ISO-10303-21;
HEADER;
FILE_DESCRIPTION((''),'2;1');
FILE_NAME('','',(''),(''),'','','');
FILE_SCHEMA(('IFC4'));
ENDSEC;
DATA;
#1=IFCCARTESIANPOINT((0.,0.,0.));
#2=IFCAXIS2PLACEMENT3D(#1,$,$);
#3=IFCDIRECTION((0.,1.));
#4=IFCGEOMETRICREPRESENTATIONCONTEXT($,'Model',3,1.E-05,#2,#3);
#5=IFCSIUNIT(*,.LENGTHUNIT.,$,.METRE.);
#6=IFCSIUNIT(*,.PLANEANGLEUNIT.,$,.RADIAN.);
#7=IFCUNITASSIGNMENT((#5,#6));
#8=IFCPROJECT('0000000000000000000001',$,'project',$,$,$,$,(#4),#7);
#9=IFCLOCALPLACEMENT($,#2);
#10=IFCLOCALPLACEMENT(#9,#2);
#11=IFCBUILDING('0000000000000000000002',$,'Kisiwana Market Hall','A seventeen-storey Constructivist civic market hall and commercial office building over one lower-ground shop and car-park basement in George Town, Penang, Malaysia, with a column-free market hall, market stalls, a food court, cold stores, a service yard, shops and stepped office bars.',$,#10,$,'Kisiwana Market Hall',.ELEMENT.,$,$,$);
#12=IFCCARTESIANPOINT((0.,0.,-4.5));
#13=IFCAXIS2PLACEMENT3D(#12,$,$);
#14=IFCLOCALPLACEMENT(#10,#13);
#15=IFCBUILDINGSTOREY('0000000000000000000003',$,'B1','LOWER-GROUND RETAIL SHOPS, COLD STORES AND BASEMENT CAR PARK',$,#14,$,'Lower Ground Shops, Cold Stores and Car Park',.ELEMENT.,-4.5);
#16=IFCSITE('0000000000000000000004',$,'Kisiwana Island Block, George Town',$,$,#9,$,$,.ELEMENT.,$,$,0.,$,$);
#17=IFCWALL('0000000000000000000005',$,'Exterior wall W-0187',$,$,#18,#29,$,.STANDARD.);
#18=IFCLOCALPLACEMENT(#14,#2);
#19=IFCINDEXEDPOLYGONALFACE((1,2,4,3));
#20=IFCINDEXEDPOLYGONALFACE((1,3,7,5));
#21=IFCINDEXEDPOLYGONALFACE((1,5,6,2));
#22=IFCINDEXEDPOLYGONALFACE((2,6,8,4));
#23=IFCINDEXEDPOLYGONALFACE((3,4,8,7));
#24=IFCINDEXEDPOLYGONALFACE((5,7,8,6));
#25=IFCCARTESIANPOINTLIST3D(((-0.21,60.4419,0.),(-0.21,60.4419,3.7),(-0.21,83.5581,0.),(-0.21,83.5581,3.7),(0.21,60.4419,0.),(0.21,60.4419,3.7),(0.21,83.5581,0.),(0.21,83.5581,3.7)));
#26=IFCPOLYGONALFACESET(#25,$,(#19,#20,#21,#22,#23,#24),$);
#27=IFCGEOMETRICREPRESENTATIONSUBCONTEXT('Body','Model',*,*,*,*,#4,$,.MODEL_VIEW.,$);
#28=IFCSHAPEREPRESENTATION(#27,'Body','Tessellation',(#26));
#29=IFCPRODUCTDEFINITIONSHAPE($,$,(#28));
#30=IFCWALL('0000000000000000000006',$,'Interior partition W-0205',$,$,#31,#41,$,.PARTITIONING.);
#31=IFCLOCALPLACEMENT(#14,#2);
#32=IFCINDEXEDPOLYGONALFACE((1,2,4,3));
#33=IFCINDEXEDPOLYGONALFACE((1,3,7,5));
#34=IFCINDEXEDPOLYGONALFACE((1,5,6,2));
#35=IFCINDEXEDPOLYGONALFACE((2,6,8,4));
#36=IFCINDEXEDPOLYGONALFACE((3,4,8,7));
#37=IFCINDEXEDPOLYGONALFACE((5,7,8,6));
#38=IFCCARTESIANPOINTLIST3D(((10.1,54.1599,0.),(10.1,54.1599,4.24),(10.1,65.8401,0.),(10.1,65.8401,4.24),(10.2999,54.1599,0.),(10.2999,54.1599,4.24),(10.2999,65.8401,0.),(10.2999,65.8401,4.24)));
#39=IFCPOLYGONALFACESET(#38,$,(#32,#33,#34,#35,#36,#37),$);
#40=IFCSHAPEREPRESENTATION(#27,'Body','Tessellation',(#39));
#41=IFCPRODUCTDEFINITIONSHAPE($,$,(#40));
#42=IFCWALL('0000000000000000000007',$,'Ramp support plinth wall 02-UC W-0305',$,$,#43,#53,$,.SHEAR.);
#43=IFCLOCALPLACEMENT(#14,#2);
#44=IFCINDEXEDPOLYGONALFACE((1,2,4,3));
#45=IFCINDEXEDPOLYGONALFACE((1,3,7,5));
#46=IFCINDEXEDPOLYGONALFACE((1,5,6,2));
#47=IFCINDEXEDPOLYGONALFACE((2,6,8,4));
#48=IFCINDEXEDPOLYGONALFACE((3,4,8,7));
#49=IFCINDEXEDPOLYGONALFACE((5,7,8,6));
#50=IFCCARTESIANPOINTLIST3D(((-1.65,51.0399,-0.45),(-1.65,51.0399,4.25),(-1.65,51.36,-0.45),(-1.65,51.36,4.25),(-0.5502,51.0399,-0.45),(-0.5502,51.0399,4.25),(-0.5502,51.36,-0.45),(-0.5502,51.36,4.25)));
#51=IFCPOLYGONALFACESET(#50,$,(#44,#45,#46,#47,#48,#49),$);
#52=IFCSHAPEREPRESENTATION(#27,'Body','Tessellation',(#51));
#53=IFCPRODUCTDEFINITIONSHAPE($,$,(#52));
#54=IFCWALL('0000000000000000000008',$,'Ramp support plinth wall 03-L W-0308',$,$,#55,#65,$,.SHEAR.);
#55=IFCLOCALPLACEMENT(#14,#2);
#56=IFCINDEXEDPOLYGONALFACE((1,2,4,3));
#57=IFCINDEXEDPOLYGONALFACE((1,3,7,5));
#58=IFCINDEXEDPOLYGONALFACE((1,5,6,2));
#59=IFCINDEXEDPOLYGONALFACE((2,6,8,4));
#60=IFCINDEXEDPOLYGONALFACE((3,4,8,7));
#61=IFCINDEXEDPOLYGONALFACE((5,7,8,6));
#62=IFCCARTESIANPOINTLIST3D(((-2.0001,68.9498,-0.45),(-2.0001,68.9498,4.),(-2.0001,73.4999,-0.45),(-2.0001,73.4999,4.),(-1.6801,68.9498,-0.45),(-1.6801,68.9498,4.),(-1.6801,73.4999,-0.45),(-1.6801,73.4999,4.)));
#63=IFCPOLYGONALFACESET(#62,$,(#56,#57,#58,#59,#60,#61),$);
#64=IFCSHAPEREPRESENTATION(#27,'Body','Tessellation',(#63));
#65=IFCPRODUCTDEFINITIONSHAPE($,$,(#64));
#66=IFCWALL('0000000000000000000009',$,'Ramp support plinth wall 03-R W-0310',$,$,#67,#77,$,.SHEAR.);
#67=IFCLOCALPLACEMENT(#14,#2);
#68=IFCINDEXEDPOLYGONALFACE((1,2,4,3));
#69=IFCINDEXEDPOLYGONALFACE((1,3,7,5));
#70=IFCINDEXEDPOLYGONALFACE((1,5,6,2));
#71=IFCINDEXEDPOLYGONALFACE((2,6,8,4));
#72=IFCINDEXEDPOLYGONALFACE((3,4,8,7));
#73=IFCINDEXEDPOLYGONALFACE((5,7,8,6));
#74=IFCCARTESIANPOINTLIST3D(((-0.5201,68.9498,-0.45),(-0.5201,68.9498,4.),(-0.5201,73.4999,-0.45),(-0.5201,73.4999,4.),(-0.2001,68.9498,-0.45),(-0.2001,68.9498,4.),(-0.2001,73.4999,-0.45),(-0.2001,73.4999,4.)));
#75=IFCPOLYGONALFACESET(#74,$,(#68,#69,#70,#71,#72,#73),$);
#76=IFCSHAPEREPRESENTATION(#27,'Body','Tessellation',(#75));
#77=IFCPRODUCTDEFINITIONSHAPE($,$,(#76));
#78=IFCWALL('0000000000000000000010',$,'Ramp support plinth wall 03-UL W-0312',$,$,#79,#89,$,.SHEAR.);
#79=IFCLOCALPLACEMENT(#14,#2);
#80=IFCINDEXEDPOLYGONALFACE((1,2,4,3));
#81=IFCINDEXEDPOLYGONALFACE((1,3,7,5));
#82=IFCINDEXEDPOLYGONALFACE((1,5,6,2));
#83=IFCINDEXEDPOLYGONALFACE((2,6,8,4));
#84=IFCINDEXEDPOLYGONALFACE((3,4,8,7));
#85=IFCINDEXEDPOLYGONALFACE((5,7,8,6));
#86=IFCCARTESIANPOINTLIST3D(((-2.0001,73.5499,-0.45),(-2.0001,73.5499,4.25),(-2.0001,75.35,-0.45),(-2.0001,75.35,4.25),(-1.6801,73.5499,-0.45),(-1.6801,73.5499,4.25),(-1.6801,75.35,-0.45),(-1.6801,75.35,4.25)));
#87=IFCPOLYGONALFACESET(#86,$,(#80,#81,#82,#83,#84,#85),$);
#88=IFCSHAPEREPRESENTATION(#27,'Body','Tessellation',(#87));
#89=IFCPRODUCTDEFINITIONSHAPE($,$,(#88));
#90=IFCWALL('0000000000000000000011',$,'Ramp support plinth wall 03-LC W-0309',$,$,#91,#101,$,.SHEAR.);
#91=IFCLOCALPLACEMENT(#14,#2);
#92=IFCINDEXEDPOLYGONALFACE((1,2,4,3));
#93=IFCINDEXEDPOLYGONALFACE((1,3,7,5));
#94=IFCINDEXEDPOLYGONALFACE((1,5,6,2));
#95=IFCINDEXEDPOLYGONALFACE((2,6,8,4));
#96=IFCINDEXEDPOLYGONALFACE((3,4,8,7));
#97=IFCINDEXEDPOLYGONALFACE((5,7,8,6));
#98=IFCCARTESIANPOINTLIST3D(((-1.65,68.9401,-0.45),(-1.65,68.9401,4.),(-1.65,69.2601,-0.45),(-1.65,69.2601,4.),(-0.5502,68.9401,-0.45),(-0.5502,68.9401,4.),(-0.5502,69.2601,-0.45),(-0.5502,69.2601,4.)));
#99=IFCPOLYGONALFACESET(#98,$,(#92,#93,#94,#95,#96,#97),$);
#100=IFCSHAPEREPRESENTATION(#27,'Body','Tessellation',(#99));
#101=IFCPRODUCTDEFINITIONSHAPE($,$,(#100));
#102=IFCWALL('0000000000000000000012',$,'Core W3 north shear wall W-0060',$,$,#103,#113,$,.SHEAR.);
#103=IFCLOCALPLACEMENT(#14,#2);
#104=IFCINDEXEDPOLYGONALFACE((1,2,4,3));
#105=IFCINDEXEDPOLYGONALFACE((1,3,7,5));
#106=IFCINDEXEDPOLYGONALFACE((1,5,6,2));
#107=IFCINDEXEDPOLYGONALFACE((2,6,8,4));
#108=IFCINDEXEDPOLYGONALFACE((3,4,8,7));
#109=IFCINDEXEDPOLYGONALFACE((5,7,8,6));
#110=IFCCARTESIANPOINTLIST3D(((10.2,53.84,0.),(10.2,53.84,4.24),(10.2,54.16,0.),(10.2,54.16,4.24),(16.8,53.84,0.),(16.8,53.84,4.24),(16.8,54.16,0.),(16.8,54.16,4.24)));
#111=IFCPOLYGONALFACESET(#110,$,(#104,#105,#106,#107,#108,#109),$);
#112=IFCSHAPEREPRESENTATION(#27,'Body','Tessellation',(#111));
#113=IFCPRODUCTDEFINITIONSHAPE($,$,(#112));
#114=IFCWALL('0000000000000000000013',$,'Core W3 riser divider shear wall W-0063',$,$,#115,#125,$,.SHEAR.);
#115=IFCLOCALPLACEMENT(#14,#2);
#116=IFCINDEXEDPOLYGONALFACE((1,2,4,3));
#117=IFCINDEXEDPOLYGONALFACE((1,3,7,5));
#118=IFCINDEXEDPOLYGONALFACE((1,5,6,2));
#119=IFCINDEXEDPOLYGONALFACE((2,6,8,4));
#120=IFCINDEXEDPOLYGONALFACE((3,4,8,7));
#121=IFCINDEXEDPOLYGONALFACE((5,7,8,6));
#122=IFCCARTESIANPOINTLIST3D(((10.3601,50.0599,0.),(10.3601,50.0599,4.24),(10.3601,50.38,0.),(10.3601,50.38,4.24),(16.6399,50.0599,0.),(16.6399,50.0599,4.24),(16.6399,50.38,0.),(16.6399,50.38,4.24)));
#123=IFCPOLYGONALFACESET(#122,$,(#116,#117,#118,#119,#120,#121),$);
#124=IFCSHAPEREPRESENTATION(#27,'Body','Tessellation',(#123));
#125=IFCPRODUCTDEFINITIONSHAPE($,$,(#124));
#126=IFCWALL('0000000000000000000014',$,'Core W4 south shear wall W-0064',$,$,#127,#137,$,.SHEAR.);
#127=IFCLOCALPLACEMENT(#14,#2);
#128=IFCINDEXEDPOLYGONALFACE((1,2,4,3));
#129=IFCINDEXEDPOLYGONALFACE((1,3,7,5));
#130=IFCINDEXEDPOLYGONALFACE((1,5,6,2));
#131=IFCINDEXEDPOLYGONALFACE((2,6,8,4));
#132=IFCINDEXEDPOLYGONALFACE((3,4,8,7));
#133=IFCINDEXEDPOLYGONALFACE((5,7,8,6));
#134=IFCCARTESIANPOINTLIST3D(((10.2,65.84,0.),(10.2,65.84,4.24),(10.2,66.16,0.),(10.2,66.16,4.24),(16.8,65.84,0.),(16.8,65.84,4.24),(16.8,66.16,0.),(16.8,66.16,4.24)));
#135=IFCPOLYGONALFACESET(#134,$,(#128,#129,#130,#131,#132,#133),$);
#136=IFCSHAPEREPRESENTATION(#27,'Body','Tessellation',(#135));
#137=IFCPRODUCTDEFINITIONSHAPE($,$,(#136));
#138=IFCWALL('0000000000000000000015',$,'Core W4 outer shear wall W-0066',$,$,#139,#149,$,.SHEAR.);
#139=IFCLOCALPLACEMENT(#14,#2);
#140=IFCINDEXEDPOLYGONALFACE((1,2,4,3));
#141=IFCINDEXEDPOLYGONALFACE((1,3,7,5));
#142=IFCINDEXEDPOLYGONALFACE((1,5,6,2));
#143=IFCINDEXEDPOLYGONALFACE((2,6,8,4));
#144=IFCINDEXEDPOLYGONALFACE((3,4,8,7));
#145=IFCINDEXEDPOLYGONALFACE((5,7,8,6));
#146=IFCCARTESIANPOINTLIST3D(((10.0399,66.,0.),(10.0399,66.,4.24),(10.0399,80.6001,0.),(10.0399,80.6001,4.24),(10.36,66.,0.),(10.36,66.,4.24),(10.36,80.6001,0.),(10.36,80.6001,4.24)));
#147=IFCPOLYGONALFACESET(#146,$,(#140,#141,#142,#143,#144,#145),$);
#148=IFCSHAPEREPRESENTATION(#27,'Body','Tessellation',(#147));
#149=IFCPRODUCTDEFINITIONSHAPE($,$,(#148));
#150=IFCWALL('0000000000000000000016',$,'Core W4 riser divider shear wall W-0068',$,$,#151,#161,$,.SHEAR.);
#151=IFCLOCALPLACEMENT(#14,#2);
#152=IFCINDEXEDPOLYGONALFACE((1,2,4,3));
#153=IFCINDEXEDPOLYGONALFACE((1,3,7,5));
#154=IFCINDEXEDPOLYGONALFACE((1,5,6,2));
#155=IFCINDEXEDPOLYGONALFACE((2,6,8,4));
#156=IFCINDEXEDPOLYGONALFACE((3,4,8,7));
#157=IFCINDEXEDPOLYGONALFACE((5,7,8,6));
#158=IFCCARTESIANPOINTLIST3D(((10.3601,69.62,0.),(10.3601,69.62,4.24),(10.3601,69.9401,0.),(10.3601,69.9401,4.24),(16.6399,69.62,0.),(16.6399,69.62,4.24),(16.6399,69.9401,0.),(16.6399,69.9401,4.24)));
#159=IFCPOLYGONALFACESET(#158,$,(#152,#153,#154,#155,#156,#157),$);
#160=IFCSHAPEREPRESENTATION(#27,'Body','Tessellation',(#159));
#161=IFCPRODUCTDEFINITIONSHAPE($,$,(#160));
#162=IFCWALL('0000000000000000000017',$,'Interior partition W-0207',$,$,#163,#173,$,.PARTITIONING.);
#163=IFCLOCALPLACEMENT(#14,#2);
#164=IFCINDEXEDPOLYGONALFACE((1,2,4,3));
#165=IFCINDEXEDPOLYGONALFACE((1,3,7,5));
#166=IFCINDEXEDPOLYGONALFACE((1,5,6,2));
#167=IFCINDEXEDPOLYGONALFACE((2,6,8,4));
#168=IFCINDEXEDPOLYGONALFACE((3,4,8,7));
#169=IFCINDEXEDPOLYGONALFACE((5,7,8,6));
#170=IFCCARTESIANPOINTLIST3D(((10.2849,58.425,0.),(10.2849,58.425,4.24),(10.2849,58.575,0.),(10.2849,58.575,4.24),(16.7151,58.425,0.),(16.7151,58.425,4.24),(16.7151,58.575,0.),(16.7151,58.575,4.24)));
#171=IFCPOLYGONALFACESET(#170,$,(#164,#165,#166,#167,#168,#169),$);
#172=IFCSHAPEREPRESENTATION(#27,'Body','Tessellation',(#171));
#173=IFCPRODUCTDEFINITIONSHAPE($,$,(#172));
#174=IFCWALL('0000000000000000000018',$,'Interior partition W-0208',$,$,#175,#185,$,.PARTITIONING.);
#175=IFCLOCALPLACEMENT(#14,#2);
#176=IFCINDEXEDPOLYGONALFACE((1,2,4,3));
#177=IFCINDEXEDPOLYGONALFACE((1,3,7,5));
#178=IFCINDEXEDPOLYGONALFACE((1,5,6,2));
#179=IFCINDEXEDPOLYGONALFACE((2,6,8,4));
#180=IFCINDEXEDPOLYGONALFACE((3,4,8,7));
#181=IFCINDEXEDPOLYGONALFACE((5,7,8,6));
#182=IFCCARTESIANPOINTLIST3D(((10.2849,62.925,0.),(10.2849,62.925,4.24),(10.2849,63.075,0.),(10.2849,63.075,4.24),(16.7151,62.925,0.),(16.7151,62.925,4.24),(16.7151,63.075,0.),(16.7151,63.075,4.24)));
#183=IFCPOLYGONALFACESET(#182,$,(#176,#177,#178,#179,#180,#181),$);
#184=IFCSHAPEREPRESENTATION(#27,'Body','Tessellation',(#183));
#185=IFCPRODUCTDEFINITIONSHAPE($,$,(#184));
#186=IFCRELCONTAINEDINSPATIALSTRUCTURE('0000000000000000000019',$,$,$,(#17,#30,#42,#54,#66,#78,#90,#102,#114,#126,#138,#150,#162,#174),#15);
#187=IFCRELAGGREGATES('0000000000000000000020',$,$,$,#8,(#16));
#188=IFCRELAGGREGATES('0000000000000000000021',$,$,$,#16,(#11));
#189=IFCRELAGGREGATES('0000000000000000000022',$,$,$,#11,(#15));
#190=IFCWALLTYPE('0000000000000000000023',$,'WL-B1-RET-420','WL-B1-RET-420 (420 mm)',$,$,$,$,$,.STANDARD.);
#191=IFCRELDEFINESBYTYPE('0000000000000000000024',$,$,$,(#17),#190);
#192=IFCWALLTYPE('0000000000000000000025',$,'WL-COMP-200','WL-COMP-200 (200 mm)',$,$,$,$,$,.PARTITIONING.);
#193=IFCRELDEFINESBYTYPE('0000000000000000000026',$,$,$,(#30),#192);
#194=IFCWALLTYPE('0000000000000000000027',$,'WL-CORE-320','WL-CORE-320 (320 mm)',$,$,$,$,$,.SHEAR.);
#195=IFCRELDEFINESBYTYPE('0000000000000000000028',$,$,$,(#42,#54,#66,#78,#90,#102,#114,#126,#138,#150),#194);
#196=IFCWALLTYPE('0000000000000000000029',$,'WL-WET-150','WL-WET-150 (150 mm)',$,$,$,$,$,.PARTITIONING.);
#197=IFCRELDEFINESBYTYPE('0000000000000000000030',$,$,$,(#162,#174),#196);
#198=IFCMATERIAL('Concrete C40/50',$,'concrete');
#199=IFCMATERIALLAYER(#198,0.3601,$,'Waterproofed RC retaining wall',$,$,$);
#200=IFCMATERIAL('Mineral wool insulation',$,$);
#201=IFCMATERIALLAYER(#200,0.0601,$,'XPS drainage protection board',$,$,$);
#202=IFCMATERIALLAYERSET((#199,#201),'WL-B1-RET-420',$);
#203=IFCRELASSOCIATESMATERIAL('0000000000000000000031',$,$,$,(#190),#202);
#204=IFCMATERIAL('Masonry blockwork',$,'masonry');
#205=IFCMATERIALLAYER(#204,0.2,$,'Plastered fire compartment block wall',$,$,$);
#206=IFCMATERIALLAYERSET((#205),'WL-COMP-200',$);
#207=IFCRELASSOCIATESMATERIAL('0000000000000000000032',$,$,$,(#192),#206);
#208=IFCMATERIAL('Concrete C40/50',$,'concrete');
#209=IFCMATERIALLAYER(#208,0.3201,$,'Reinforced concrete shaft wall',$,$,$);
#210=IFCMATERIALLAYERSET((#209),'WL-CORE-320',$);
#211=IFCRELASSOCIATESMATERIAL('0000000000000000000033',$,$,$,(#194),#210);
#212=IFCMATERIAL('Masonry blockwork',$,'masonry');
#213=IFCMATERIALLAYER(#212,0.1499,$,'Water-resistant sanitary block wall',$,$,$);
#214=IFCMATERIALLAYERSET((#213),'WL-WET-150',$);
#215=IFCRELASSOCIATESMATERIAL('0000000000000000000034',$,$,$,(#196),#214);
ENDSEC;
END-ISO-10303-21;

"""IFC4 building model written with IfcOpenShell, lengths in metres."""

from ifc_helpers import new_model, si_unit, direction, frame, frame_2d, origin, place, context, subcontext, project, spatial, rectangle, extrude, material, layer, layer_set, type_object, element, save


model = new_model("IFC4")

# Units and contexts
model_context = context("Model", 3, precision=1e-05, world=origin(), true_north=direction((0.0, 1.0)))
body_context = subcontext(model_context, "Body", "Model", "MODEL_VIEW")
ifc_project = project(units=[si_unit("LENGTHUNIT", "METRE"), si_unit("PLANEANGLEUNIT", "RADIAN")], contexts=[model_context])

# Site, building, storey
site_placement = place(None, origin())
site = spatial("IfcSite", under=ifc_project, at=site_placement, Name="Kisiwana Island Block, George Town", CompositionType="ELEMENT", RefElevation=0.0)
building_placement = place(site_placement, origin())
building = spatial("IfcBuilding", under=site, at=building_placement, Name="Kisiwana Market Hall", Description="A seventeen-storey Constructivist civic market hall and commercial office building over one lower-ground shop and car-park basement in George Town, Penang, Malaysia, with a column-free market hall, market stalls, a food court, cold stores, a service yard, shops and stepped office bars.", LongName="Kisiwana Market Hall", CompositionType="ELEMENT")
storey_placement = place(building_placement, frame((0.0, 0.0, -4.5)))
storey = spatial("IfcBuildingStorey", under=building, at=storey_placement, Name="B1", Description="LOWER-GROUND RETAIL SHOPS, COLD STORES AND BASEMENT CAR PARK", LongName="Lower Ground Shops, Cold Stores and Car Park", CompositionType="ELEMENT", Elevation=-4.5)

# Walls
ifc_material_1 = material(Name="Concrete C40/50", Category="concrete")
ifc_layer_1 = layer(ifc_material_1, 0.3601, Name="Waterproofed RC retaining wall")
ifc_material_2 = material(Name="Mineral wool insulation")
ifc_layer_2 = layer(ifc_material_2, 0.0601, Name="XPS drainage protection board")
ifc_layer_set_1 = layer_set([ifc_layer_1, ifc_layer_2], Name="WL-B1-RET-420")
wall_type_1 = type_object("IfcWallType", Name="WL-B1-RET-420", Description="WL-B1-RET-420 (420 mm)", PredefinedType="STANDARD", material=ifc_layer_set_1)
wall_1_placement = place(storey_placement, frame((0.0, 60.4419, 0.0), z_axis=(0.0, 0.0, 1.0), x_axis=(0.0, 1.0, 0.0)))
element("IfcWall", 1, at=wall_1_placement, inside=storey, type_object=wall_type_1, Name="Exterior wall W-0187", PredefinedType="STANDARD", context=body_context, shape_type="SweptSolid", body=[
    extrude(rectangle(XDim=23.1162, YDim=0.4199, at=frame_2d((11.5581, 0.0))), origin(), (0.0, 0.0, 1.0), 3.7),
])
ifc_material_3 = material(Name="Masonry blockwork", Category="masonry")
ifc_layer_3 = layer(ifc_material_3, 0.2, Name="Plastered fire compartment block wall")
ifc_layer_set_2 = layer_set([ifc_layer_3], Name="WL-COMP-200")
wall_type_2 = type_object("IfcWallType", Name="WL-COMP-200", Description="WL-COMP-200 (200 mm)", PredefinedType="PARTITIONING", material=ifc_layer_set_2)
wall_2_placement = place(storey_placement, frame((10.2, 54.1599, 0.0), z_axis=(0.0, 0.0, 1.0), x_axis=(0.0, 1.0, 0.0)))
element("IfcWall", 2, at=wall_2_placement, inside=storey, type_object=wall_type_2, Name="Interior partition W-0205", PredefinedType="PARTITIONING", context=body_context, shape_type="SweptSolid", body=[
    extrude(rectangle(XDim=11.6802, YDim=0.2, at=frame_2d((5.8401, 0.0))), origin(), (0.0, 0.0, 1.0), 4.24),
])
ifc_material_4 = material(Name="Concrete C40/50", Category="concrete")
ifc_layer_4 = layer(ifc_material_4, 0.3201, Name="Reinforced concrete shaft wall")
ifc_layer_set_3 = layer_set([ifc_layer_4], Name="WL-CORE-320")
wall_type_3 = type_object("IfcWallType", Name="WL-CORE-320", Description="WL-CORE-320 (320 mm)", PredefinedType="SHEAR", material=ifc_layer_set_3)
wall_3_placement = place(storey_placement, frame((-1.6499, 51.2, -0.45), z_axis=(0.0, 0.0, 1.0), x_axis=(1.0, 0.0, 0.0)))
element("IfcWall", 3, at=wall_3_placement, inside=storey, type_object=wall_type_3, Name="Ramp support plinth wall 02-UC W-0305", PredefinedType="SHEAR", context=body_context, shape_type="SweptSolid", body=[
    extrude(rectangle(XDim=1.0999, YDim=0.3201, at=frame_2d((0.5498, 0.0))), origin(), (0.0, 0.0, 1.0), 4.7),
])
for number, where, z_axis, x_axis, name in (
    (4, (-1.8401, 68.95, -0.45), (0.0, 0.0, 1.0), (0.0, 1.0, 0.0), "Ramp support plinth wall 03-L W-0308"),
    (5, (-0.3601, 68.95, -0.45), (0.0, 0.0, 1.0), (0.0, 1.0, 0.0), "Ramp support plinth wall 03-R W-0310"),
):
    element("IfcWall", number, at=place(storey_placement, frame(where, z_axis=z_axis, x_axis=x_axis)), inside=storey, type_object=wall_type_3, Name=name, PredefinedType="SHEAR", context=body_context, shape_type="SweptSolid", body=[
        extrude(rectangle(XDim=4.55, YDim=0.3201, at=frame_2d((2.2749, 0.0))), origin(), (0.0, 0.0, 1.0), 4.45),
    ])
wall_4_placement = place(storey_placement, frame((-1.8401, 73.55, -0.45), z_axis=(0.0, 0.0, 1.0), x_axis=(0.0, 1.0, 0.0)))
element("IfcWall", 6, at=wall_4_placement, inside=storey, type_object=wall_type_3, Name="Ramp support plinth wall 03-UL W-0312", PredefinedType="SHEAR", context=body_context, shape_type="SweptSolid", body=[
    extrude(rectangle(XDim=1.8, YDim=0.3201, at=frame_2d((0.8999, 0.0))), origin(), (0.0, 0.0, 1.0), 4.7),
])
wall_5_placement = place(storey_placement, frame((-1.6499, 69.1001, -0.45), z_axis=(0.0, 0.0, 1.0), x_axis=(1.0, 0.0, 0.0)))
element("IfcWall", 7, at=wall_5_placement, inside=storey, type_object=wall_type_3, Name="Ramp support plinth wall 03-LC W-0309", PredefinedType="SHEAR", context=body_context, shape_type="SweptSolid", body=[
    extrude(rectangle(XDim=1.0999, YDim=0.3201, at=frame_2d((0.5498, 0.0))), origin(), (0.0, 0.0, 1.0), 4.45),
])
wall_6_placement = place(storey_placement, frame((10.2, 54.0, 0.0), z_axis=(0.0, 0.0, 1.0), x_axis=(1.0, 0.0, 0.0)))
element("IfcWall", 8, at=wall_6_placement, inside=storey, type_object=wall_type_3, Name="Core W3 north shear wall W-0060", PredefinedType="SHEAR", context=body_context, shape_type="SweptSolid", body=[
    extrude(rectangle(XDim=6.6001, YDim=0.3201, at=frame_2d((3.3, 0.0))), origin(), (0.0, 0.0, 1.0), 4.24),
])
wall_7_placement = place(storey_placement, frame((10.3601, 50.22, 0.0), z_axis=(0.0, 0.0, 1.0), x_axis=(1.0, 0.0, 0.0)))
element("IfcWall", 9, at=wall_7_placement, inside=storey, type_object=wall_type_3, Name="Core W3 riser divider shear wall W-0063", PredefinedType="SHEAR", context=body_context, shape_type="SweptSolid", body=[
    extrude(rectangle(XDim=6.2798, YDim=0.3201, at=frame_2d((3.1399, 0.0))), origin(), (0.0, 0.0, 1.0), 4.24),
])
wall_8_placement = place(storey_placement, frame((10.2, 66.0, 0.0), z_axis=(0.0, 0.0, 1.0), x_axis=(1.0, 0.0, 0.0)))
element("IfcWall", 10, at=wall_8_placement, inside=storey, type_object=wall_type_3, Name="Core W4 south shear wall W-0064", PredefinedType="SHEAR", context=body_context, shape_type="SweptSolid", body=[
    extrude(rectangle(XDim=6.6001, YDim=0.3201, at=frame_2d((3.3, 0.0))), origin(), (0.0, 0.0, 1.0), 4.24),
])
wall_9_placement = place(storey_placement, frame((10.2, 66.0, 0.0), z_axis=(0.0, 0.0, 1.0), x_axis=(0.0, 1.0, 0.0)))
element("IfcWall", 11, at=wall_9_placement, inside=storey, type_object=wall_type_3, Name="Core W4 outer shear wall W-0066", PredefinedType="SHEAR", context=body_context, shape_type="SweptSolid", body=[
    extrude(rectangle(XDim=14.6001, YDim=0.3201, at=frame_2d((7.3, 0.0))), origin(), (0.0, 0.0, 1.0), 4.24),
])
wall_10_placement = place(storey_placement, frame((10.3601, 69.78, 0.0), z_axis=(0.0, 0.0, 1.0), x_axis=(1.0, 0.0, 0.0)))
element("IfcWall", 12, at=wall_10_placement, inside=storey, type_object=wall_type_3, Name="Core W4 riser divider shear wall W-0068", PredefinedType="SHEAR", context=body_context, shape_type="SweptSolid", body=[
    extrude(rectangle(XDim=6.2798, YDim=0.3201, at=frame_2d((3.1399, 0.0))), origin(), (0.0, 0.0, 1.0), 4.24),
])
ifc_material_5 = material(Name="Masonry blockwork", Category="masonry")
ifc_layer_5 = layer(ifc_material_5, 0.1499, Name="Water-resistant sanitary block wall")
ifc_layer_set_4 = layer_set([ifc_layer_5], Name="WL-WET-150")
wall_type_4 = type_object("IfcWallType", Name="WL-WET-150", Description="WL-WET-150 (150 mm)", PredefinedType="PARTITIONING", material=ifc_layer_set_4)
for number, where, z_axis, x_axis, name in (
    (13, (10.2849, 58.5, 0.0), (0.0, 0.0, 1.0), (1.0, 0.0, 0.0), "Interior partition W-0207"),
    (14, (10.2849, 63.0, 0.0), (0.0, 0.0, 1.0), (1.0, 0.0, 0.0), "Interior partition W-0208"),
):
    element("IfcWall", number, at=place(storey_placement, frame(where, z_axis=z_axis, x_axis=x_axis)), inside=storey, type_object=wall_type_4, Name=name, PredefinedType="PARTITIONING", context=body_context, shape_type="SweptSolid", body=[
        extrude(rectangle(XDim=6.4302, YDim=0.1499, at=frame_2d((3.2151, 0.0))), origin(), (0.0, 0.0, 1.0), 4.24),
    ])

save(model, "model.ifc")
